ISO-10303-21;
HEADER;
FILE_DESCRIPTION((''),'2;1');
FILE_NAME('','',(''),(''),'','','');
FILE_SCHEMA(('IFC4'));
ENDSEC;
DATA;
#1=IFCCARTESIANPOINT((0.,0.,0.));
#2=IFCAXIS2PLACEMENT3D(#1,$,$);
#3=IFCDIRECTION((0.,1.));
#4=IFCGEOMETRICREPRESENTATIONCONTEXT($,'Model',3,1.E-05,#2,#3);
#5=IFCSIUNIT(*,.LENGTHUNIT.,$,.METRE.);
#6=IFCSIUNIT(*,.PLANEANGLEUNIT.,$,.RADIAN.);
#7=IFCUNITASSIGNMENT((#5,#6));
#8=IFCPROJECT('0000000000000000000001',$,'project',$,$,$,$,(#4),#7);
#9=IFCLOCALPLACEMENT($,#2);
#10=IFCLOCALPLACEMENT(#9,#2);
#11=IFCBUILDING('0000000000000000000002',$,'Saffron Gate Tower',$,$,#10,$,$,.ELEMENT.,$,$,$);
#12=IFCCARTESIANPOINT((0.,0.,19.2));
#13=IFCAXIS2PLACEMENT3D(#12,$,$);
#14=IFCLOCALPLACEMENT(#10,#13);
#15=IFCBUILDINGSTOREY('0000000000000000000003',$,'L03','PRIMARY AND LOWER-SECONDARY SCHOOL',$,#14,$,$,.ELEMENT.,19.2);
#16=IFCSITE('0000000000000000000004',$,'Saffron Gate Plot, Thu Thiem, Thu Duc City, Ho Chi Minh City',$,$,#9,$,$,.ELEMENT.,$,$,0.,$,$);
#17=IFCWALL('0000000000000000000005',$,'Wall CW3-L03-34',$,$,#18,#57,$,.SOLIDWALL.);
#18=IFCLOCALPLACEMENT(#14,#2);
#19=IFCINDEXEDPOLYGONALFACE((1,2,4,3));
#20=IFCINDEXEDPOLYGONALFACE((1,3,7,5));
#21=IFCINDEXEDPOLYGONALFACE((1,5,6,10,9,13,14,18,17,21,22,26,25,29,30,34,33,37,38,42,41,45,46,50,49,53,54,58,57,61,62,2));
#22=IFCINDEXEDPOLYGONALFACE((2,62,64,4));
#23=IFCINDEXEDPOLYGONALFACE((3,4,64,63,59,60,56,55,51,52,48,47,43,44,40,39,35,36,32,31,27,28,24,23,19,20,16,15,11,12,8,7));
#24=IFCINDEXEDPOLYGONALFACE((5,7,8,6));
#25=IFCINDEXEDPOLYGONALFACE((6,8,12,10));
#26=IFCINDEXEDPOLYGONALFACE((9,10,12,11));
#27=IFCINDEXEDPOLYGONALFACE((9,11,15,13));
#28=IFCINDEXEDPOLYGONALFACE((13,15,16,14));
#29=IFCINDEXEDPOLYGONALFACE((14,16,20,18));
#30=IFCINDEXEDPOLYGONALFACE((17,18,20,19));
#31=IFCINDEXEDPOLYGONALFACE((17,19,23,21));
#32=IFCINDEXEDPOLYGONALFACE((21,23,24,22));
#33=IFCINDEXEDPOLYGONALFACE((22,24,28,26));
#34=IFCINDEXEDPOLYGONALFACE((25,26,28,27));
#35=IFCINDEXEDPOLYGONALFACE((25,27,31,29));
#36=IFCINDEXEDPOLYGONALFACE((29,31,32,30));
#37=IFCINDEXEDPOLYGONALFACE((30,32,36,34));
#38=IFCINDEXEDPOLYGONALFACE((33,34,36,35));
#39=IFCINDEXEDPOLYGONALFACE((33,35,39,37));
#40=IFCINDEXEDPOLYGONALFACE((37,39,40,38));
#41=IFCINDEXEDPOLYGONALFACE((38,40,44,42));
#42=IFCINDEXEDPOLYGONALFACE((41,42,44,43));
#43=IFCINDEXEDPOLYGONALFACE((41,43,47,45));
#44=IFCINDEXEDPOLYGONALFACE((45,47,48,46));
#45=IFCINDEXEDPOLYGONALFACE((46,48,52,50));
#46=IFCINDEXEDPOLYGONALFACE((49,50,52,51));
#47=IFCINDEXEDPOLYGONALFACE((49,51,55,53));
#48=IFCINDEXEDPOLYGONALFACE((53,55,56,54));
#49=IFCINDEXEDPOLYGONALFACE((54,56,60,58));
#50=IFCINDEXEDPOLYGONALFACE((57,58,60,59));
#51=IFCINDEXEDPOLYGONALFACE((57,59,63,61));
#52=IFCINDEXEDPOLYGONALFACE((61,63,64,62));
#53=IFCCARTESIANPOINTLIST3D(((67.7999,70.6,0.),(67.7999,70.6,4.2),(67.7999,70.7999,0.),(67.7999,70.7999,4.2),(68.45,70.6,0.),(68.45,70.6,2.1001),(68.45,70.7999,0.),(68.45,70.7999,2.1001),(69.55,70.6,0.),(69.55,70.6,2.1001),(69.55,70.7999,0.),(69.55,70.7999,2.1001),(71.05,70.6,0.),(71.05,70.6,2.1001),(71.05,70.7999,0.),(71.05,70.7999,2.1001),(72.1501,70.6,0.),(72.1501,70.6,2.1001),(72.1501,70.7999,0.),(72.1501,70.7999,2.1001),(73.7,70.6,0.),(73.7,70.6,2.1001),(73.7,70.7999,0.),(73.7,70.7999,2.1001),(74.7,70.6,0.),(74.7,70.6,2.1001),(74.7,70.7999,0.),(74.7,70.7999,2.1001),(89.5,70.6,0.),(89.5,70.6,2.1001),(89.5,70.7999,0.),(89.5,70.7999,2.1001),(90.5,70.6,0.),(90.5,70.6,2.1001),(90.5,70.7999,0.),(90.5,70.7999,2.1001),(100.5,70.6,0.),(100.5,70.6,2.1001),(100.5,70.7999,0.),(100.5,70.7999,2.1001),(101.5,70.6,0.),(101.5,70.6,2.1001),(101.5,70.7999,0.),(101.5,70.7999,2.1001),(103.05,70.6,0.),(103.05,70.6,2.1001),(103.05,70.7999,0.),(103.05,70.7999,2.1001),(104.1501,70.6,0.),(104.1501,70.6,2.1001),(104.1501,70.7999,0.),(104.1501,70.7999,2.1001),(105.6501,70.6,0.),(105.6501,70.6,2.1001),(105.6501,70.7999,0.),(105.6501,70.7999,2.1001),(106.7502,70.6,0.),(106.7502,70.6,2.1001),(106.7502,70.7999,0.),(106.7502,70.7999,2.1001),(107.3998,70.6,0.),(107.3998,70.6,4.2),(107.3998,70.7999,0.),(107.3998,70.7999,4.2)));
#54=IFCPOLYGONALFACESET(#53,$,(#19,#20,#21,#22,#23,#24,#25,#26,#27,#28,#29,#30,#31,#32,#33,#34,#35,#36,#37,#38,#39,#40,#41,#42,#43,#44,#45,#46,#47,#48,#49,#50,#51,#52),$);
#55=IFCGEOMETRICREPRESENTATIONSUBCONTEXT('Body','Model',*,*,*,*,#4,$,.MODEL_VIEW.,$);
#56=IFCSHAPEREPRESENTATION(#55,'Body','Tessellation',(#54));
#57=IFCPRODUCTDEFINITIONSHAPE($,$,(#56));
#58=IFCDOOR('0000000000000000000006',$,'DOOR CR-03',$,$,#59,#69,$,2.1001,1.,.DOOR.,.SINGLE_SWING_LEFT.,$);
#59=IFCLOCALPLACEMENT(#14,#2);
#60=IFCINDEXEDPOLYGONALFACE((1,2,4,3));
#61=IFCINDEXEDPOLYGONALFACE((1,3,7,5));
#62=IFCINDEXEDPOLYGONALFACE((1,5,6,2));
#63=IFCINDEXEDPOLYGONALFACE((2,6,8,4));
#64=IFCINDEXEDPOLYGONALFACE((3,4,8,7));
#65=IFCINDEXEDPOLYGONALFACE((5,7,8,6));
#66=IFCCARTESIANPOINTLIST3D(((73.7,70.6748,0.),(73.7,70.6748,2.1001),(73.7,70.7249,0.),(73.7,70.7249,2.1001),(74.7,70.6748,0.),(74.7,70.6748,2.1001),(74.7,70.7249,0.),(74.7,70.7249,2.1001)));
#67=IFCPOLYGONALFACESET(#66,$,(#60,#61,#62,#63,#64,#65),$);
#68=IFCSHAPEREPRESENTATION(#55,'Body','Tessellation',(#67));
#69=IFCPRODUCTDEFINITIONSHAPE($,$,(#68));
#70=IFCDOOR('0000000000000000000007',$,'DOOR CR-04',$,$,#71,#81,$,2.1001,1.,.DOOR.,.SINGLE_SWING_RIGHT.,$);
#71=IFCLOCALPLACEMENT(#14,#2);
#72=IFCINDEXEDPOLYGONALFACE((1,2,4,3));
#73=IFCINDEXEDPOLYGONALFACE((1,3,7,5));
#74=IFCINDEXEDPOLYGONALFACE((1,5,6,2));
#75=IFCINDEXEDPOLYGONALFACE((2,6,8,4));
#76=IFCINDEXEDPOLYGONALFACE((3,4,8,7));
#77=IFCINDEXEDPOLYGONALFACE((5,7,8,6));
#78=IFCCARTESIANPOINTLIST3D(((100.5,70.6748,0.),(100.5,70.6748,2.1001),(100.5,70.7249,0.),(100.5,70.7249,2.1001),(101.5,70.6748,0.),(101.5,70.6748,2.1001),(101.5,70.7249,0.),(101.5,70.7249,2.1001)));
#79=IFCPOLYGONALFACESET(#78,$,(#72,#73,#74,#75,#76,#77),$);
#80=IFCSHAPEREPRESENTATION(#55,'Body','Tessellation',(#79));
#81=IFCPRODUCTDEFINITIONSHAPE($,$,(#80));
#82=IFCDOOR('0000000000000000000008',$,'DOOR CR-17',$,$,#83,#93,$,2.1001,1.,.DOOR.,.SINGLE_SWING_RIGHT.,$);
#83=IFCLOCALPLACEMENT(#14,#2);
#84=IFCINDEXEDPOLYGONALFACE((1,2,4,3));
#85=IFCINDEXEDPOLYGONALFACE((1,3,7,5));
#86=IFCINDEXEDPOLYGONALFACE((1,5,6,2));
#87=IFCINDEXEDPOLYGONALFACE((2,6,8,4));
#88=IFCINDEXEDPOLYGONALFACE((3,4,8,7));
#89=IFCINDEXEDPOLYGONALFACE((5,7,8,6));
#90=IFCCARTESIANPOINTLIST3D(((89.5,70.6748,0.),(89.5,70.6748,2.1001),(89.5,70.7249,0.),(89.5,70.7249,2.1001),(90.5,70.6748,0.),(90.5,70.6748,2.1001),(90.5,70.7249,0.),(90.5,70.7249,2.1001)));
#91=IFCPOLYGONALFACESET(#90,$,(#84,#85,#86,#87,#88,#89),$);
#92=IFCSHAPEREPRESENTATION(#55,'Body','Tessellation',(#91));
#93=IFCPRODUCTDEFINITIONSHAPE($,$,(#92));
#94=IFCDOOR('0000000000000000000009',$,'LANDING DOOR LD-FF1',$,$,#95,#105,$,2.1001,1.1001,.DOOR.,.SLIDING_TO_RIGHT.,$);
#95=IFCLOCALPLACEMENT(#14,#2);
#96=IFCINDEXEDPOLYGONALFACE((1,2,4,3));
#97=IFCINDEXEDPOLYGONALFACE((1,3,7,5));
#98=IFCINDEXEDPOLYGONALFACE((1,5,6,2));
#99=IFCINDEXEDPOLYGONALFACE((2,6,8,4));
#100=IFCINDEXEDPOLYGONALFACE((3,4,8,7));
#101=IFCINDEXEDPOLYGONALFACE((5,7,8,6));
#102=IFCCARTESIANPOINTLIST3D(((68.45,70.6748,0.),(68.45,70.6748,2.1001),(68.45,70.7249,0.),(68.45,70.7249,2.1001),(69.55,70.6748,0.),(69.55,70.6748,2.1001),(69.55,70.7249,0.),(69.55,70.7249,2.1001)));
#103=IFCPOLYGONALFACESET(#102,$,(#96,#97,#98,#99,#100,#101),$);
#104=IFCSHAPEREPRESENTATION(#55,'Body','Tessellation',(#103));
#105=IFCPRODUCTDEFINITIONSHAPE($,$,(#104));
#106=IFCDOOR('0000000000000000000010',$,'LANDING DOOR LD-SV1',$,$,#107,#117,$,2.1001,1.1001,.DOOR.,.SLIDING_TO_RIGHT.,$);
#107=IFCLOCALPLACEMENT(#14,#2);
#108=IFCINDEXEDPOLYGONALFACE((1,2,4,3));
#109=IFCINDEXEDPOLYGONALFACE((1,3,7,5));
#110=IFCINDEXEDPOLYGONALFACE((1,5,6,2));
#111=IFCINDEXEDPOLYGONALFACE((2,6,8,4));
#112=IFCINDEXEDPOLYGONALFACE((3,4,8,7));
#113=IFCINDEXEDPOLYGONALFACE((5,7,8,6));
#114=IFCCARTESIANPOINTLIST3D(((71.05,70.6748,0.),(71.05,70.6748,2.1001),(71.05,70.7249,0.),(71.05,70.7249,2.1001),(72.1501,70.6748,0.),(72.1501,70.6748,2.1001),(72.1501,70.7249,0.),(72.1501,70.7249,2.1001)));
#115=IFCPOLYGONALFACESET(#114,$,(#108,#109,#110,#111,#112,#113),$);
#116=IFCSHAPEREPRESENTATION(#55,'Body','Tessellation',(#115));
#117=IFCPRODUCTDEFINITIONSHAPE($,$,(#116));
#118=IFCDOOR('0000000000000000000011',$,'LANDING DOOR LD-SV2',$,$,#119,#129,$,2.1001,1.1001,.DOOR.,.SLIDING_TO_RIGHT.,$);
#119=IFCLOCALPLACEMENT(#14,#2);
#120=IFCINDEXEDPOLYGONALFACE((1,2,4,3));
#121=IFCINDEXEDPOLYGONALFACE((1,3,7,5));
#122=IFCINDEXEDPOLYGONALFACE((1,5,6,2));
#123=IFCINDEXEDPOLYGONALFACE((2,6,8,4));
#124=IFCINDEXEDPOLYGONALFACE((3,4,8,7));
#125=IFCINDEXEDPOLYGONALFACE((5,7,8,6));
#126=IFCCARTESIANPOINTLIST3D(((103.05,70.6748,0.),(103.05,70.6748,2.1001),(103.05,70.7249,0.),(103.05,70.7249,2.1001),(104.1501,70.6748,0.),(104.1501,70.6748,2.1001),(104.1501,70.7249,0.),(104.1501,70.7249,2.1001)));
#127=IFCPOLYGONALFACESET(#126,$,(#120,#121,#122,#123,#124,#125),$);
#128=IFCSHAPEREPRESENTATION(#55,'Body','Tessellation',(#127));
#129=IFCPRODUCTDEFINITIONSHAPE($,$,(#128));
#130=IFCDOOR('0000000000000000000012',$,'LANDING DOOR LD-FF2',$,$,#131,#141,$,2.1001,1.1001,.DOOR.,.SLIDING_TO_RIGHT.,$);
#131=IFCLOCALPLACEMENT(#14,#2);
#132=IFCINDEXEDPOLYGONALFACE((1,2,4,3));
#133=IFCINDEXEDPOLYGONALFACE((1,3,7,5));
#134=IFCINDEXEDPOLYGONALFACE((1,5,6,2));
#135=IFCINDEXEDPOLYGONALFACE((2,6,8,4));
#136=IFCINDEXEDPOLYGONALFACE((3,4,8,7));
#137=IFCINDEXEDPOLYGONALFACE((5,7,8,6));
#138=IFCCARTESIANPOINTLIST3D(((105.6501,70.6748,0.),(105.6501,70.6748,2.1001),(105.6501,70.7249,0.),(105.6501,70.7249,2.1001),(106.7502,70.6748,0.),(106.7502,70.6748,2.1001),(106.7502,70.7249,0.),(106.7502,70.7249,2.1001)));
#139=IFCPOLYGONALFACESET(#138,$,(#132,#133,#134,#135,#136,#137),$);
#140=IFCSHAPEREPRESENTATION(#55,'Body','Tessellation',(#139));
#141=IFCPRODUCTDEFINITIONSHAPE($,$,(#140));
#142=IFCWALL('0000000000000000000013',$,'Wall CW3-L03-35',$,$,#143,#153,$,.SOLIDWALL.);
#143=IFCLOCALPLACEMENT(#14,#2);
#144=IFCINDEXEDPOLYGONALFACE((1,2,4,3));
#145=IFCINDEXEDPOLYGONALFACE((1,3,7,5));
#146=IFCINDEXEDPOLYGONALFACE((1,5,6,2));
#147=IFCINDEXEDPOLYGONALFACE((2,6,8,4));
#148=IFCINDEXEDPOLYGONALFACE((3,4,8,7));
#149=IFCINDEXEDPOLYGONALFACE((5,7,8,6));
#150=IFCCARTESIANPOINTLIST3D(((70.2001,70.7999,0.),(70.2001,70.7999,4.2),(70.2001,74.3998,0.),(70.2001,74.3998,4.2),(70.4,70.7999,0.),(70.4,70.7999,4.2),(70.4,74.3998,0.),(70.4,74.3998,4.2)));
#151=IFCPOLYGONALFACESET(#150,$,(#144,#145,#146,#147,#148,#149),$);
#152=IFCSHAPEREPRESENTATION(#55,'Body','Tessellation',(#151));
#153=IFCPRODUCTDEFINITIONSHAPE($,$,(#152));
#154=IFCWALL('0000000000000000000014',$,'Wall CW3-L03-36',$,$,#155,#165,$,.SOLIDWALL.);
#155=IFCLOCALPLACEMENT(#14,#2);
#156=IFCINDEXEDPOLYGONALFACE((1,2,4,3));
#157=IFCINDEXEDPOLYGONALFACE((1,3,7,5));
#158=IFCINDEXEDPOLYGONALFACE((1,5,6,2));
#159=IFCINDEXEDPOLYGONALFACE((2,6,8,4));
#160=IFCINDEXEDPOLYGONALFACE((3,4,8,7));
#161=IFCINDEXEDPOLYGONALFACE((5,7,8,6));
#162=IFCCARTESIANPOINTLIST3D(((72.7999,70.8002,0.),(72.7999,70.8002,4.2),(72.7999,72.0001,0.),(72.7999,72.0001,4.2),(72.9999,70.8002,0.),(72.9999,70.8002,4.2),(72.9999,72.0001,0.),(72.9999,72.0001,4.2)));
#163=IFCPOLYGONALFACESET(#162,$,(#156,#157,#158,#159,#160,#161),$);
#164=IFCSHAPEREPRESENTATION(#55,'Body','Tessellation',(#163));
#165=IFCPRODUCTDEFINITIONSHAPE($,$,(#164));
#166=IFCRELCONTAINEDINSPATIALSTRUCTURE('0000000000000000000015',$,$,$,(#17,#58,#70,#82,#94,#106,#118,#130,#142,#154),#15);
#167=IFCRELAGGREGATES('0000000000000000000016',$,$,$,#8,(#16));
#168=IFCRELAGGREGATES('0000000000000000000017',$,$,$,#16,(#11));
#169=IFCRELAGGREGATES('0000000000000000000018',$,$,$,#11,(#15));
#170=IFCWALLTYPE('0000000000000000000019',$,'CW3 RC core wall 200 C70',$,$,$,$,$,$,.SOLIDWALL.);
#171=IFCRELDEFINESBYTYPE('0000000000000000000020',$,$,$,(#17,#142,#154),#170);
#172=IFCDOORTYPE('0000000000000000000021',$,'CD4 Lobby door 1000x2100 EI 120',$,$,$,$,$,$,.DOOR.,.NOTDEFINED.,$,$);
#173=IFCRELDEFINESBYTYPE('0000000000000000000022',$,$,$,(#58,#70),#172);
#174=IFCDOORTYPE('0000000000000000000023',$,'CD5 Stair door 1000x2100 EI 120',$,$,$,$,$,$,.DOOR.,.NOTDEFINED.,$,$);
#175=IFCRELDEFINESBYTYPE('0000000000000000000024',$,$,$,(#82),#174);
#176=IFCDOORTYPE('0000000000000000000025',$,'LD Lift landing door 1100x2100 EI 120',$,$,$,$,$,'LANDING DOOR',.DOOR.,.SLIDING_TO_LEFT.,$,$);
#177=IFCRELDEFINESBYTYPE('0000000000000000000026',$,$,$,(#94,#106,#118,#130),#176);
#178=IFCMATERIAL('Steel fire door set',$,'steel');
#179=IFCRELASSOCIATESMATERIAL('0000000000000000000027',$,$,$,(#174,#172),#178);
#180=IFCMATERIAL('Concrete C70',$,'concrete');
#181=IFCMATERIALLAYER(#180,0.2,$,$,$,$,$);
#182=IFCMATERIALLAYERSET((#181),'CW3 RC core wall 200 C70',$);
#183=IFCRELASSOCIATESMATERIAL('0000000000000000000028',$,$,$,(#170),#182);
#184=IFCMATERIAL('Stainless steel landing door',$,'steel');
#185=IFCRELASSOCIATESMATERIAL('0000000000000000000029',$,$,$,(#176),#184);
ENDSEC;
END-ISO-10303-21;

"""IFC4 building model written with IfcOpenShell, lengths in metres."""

from ifc_helpers import new_model, si_unit, direction, frame, frame_2d, origin, place, context, subcontext, project, spatial, rectangle, extrude, material, layer, layer_set, type_object, element, fill, save


model = new_model("IFC4")

# Units and contexts
model_context = context("Model", 3, precision=1e-05, world=origin(), true_north=direction((0.0, 1.0)))
body_context = subcontext(model_context, "Body", "Model", "MODEL_VIEW")
ifc_project = project(units=[si_unit("LENGTHUNIT", "METRE"), si_unit("PLANEANGLEUNIT", "RADIAN")], contexts=[model_context])

# Site, building, storey
site_placement = place(None, origin())
site = spatial("IfcSite", under=ifc_project, at=site_placement, Name="Saffron Gate Plot, Thu Thiem, Thu Duc City, Ho Chi Minh City", CompositionType="ELEMENT", RefElevation=0.0)
building_placement = place(site_placement, origin())
building = spatial("IfcBuilding", under=site, at=building_placement, Name="Saffron Gate Tower", CompositionType="ELEMENT")
storey_placement = place(building_placement, frame((0.0, 0.0, 19.2)))
storey = spatial("IfcBuildingStorey", under=building, at=storey_placement, Name="L03", Description="PRIMARY AND LOWER-SECONDARY SCHOOL", CompositionType="ELEMENT", Elevation=19.2)

# Wall, openings, doors
ifc_material_1 = material(Name="Concrete C70", Category="concrete")
ifc_material_2 = material(Name="Steel fire door set", Category="steel")
door_type_1 = type_object("IfcDoorType", Name="CD5 Stair door 1000x2100 EI 120", OperationType="NOTDEFINED", PredefinedType="DOOR", material=ifc_material_2)
ifc_layer_1 = layer(ifc_material_1, 0.2)
ifc_layer_set_1 = layer_set([ifc_layer_1], Name="CW3 RC core wall 200 C70")
wall_type_1 = type_object("IfcWallType", Name="CW3 RC core wall 200 C70", PredefinedType="SOLIDWALL", material=ifc_layer_set_1)
wall_1_placement = place(storey_placement, frame((67.8, 70.7, 0.0), z_axis=(0.0, 0.0, 1.0), x_axis=(1.0, 0.0, 0.0)))
wall_1 = element("IfcWall", 1, at=wall_1_placement, inside=storey, type_object=wall_type_1, Name="Wall CW3-L03-34", PredefinedType="SOLIDWALL", context=body_context, shape_type="SweptSolid", body=[
    extrude(rectangle(XDim=39.5999, YDim=0.2, at=frame_2d((19.7998, 0.0))), origin(), (0.0, 0.0, 1.0), 4.2),
])
opening_1_placement = place(wall_1_placement, frame((0.6499, 0.0, 0.0)))
opening_1 = element("IfcOpeningElement", 2, at=opening_1_placement, cuts=wall_1, PredefinedType="OPENING", context=body_context, shape_type="SweptSolid", body=[
    extrude(rectangle(XDim=1.1001, YDim=2.1001, at=frame_2d((0.55, 1.05))), frame((0.0, 0.1099, 0.0), z_axis=(0.0, -1.0, 0.0), x_axis=(1.0, 0.0, 0.0)), (0.0, 0.0, 1.0), 0.22),
])
opening_2_placement = place(wall_1_placement, frame((3.25, 0.0, 0.0)))
opening_2 = element("IfcOpeningElement", 3, at=opening_2_placement, cuts=wall_1, PredefinedType="OPENING", context=body_context, shape_type="SweptSolid", body=[
    extrude(rectangle(XDim=1.1001, YDim=2.1001, at=frame_2d((0.55, 1.05))), frame((0.0, 0.1099, 0.0), z_axis=(0.0, -1.0, 0.0), x_axis=(1.0, 0.0, 0.0)), (0.0, 0.0, 1.0), 0.22),
])
opening_3_placement = place(wall_1_placement, frame((5.8999, 0.0, 0.0)))
opening_3 = element("IfcOpeningElement", 4, at=opening_3_placement, cuts=wall_1, PredefinedType="OPENING", context=body_context, shape_type="SweptSolid", body=[
    extrude(rectangle(XDim=1.0, YDim=2.1001, at=frame_2d((0.5, 1.05))), frame((0.0, 0.1099, 0.0), z_axis=(0.0, -1.0, 0.0), x_axis=(1.0, 0.0, 0.0)), (0.0, 0.0, 1.0), 0.22),
])
opening_4_placement = place(wall_1_placement, frame((21.7, 0.0, 0.0)))
opening_4 = element("IfcOpeningElement", 5, at=opening_4_placement, cuts=wall_1, PredefinedType="OPENING", context=body_context, shape_type="SweptSolid", body=[
    extrude(rectangle(XDim=1.0, YDim=2.1001, at=frame_2d((0.5, 1.05))), frame((0.0, 0.1099, 0.0), z_axis=(0.0, -1.0, 0.0), x_axis=(1.0, 0.0, 0.0)), (0.0, 0.0, 1.0), 0.22),
])
opening_5_placement = place(wall_1_placement, frame((32.7, 0.0, 0.0)))
opening_5 = element("IfcOpeningElement", 6, at=opening_5_placement, cuts=wall_1, PredefinedType="OPENING", context=body_context, shape_type="SweptSolid", body=[
    extrude(rectangle(XDim=1.0, YDim=2.1001, at=frame_2d((0.5, 1.05))), frame((0.0, 0.1099, 0.0), z_axis=(0.0, -1.0, 0.0), x_axis=(1.0, 0.0, 0.0)), (0.0, 0.0, 1.0), 0.22),
])
opening_6_placement = place(wall_1_placement, frame((35.25, 0.0, 0.0)))
opening_6 = element("IfcOpeningElement", 7, at=opening_6_placement, cuts=wall_1, PredefinedType="OPENING", context=body_context, shape_type="SweptSolid", body=[
    extrude(rectangle(XDim=1.1001, YDim=2.1001, at=frame_2d((0.55, 1.05))), frame((0.0, 0.1099, 0.0), z_axis=(0.0, -1.0, 0.0), x_axis=(1.0, 0.0, 0.0)), (0.0, 0.0, 1.0), 0.22),
])
opening_7_placement = place(wall_1_placement, frame((37.8501, 0.0, 0.0)))
opening_7 = element("IfcOpeningElement", 8, at=opening_7_placement, cuts=wall_1, PredefinedType="OPENING", context=body_context, shape_type="SweptSolid", body=[
    extrude(rectangle(XDim=1.1001, YDim=2.1001, at=frame_2d((0.55, 1.05))), frame((0.0, 0.1099, 0.0), z_axis=(0.0, -1.0, 0.0), x_axis=(1.0, 0.0, 0.0)), (0.0, 0.0, 1.0), 0.22),
])
door_type_2 = type_object("IfcDoorType", Name="CD4 Lobby door 1000x2100 EI 120", OperationType="NOTDEFINED", PredefinedType="DOOR", material=ifc_material_2)
door_1_placement = place(opening_3_placement, origin())
door_1 = element("IfcDoor", 9, at=door_1_placement, inside=storey, type_object=door_type_2, Name="DOOR CR-03", OperationType="SINGLE_SWING_LEFT", OverallHeight=2.1001, OverallWidth=1.0, PredefinedType="DOOR", context=body_context, shape_type="SweptSolid", body=[
    extrude(rectangle(XDim=1.0, YDim=2.1001, at=frame_2d((0.5, 1.05))), frame((0.0, 0.0249, 0.0), z_axis=(0.0, -1.0, 0.0), x_axis=(1.0, 0.0, 0.0)), (0.0, 0.0, 1.0), 0.05),
])
fill(opening_3, door_1)
door_2_placement = place(opening_5_placement, origin())
door_2 = element("IfcDoor", 10, at=door_2_placement, inside=storey, type_object=door_type_2, Name="DOOR CR-04", OperationType="SINGLE_SWING_RIGHT", OverallHeight=2.1001, OverallWidth=1.0, PredefinedType="DOOR", context=body_context, shape_type="SweptSolid", body=[
    extrude(rectangle(XDim=1.0, YDim=2.1001, at=frame_2d((0.5, 1.05))), frame((0.0, 0.0249, 0.0), z_axis=(0.0, -1.0, 0.0), x_axis=(1.0, 0.0, 0.0)), (0.0, 0.0, 1.0), 0.05),
])
fill(opening_5, door_2)
door_3_placement = place(opening_4_placement, origin())
door_3 = element("IfcDoor", 11, at=door_3_placement, inside=storey, type_object=door_type_1, Name="DOOR CR-17", OperationType="SINGLE_SWING_RIGHT", OverallHeight=2.1001, OverallWidth=1.0, PredefinedType="DOOR", context=body_context, shape_type="SweptSolid", body=[
    extrude(rectangle(XDim=1.0, YDim=2.1001, at=frame_2d((0.5, 1.05))), frame((0.0, 0.0249, 0.0), z_axis=(0.0, -1.0, 0.0), x_axis=(1.0, 0.0, 0.0)), (0.0, 0.0, 1.0), 0.05),
])
fill(opening_4, door_3)
ifc_material_3 = material(Name="Stainless steel landing door", Category="steel")
door_type_3 = type_object("IfcDoorType", Name="LD Lift landing door 1100x2100 EI 120", ElementType="LANDING DOOR", OperationType="SLIDING_TO_LEFT", PredefinedType="DOOR", material=ifc_material_3)
door_4_placement = place(opening_1_placement, origin())
door_4 = element("IfcDoor", 12, at=door_4_placement, inside=storey, type_object=door_type_3, Name="LANDING DOOR LD-FF1", OperationType="SLIDING_TO_RIGHT", OverallHeight=2.1001, OverallWidth=1.1001, PredefinedType="DOOR", context=body_context, shape_type="SweptSolid", body=[
    extrude(rectangle(XDim=1.1001, YDim=2.1001, at=frame_2d((0.55, 1.05))), frame((0.0, 0.0249, 0.0), z_axis=(0.0, -1.0, 0.0), x_axis=(1.0, 0.0, 0.0)), (0.0, 0.0, 1.0), 0.05),
])
fill(opening_1, door_4)
door_5_placement = place(opening_2_placement, origin())
door_5 = element("IfcDoor", 13, at=door_5_placement, inside=storey, type_object=door_type_3, Name="LANDING DOOR LD-SV1", OperationType="SLIDING_TO_RIGHT", OverallHeight=2.1001, OverallWidth=1.1001, PredefinedType="DOOR", context=body_context, shape_type="SweptSolid", body=[
    extrude(rectangle(XDim=1.1001, YDim=2.1001, at=frame_2d((0.55, 1.05))), frame((0.0, 0.0249, 0.0), z_axis=(0.0, -1.0, 0.0), x_axis=(1.0, 0.0, 0.0)), (0.0, 0.0, 1.0), 0.05),
])
fill(opening_2, door_5)
door_6_placement = place(opening_6_placement, origin())
door_6 = element("IfcDoor", 14, at=door_6_placement, inside=storey, type_object=door_type_3, Name="LANDING DOOR LD-SV2", OperationType="SLIDING_TO_RIGHT", OverallHeight=2.1001, OverallWidth=1.1001, PredefinedType="DOOR", context=body_context, shape_type="SweptSolid", body=[
    extrude(rectangle(XDim=1.1001, YDim=2.1001, at=frame_2d((0.55, 1.05))), frame((0.0, 0.0249, 0.0), z_axis=(0.0, -1.0, 0.0), x_axis=(1.0, 0.0, 0.0)), (0.0, 0.0, 1.0), 0.05),
])
fill(opening_6, door_6)
door_7_placement = place(opening_7_placement, origin())
door_7 = element("IfcDoor", 15, at=door_7_placement, inside=storey, type_object=door_type_3, Name="LANDING DOOR LD-FF2", OperationType="SLIDING_TO_RIGHT", OverallHeight=2.1001, OverallWidth=1.1001, PredefinedType="DOOR", context=body_context, shape_type="SweptSolid", body=[
    extrude(rectangle(XDim=1.1001, YDim=2.1001, at=frame_2d((0.55, 1.05))), frame((0.0, 0.0249, 0.0), z_axis=(0.0, -1.0, 0.0), x_axis=(1.0, 0.0, 0.0)), (0.0, 0.0, 1.0), 0.05),
])
fill(opening_7, door_7)

# Walls
wall_2_placement = place(storey_placement, frame((70.3, 70.8, 0.0), z_axis=(0.0, 0.0, 1.0), x_axis=(0.0, 1.0, 0.0)))
element("IfcWall", 16, at=wall_2_placement, inside=storey, type_object=wall_type_1, Name="Wall CW3-L03-35", PredefinedType="SOLIDWALL", context=body_context, shape_type="SweptSolid", body=[
    extrude(rectangle(XDim=3.5999, YDim=0.2, at=frame_2d((1.7998, 0.0))), origin(), (0.0, 0.0, 1.0), 4.2),
])
wall_3_placement = place(storey_placement, frame((72.8999, 70.8, 0.0), z_axis=(0.0, 0.0, 1.0), x_axis=(0.0, 1.0, 0.0)))
element("IfcWall", 17, at=wall_3_placement, inside=storey, type_object=wall_type_1, Name="Wall CW3-L03-36", PredefinedType="SOLIDWALL", context=body_context, shape_type="SweptSolid", body=[
    extrude(rectangle(XDim=1.2, YDim=0.2, at=frame_2d((0.6001, 0.0))), origin(), (0.0, 0.0, 1.0), 4.2),
])

save(model, "model.ifc")
